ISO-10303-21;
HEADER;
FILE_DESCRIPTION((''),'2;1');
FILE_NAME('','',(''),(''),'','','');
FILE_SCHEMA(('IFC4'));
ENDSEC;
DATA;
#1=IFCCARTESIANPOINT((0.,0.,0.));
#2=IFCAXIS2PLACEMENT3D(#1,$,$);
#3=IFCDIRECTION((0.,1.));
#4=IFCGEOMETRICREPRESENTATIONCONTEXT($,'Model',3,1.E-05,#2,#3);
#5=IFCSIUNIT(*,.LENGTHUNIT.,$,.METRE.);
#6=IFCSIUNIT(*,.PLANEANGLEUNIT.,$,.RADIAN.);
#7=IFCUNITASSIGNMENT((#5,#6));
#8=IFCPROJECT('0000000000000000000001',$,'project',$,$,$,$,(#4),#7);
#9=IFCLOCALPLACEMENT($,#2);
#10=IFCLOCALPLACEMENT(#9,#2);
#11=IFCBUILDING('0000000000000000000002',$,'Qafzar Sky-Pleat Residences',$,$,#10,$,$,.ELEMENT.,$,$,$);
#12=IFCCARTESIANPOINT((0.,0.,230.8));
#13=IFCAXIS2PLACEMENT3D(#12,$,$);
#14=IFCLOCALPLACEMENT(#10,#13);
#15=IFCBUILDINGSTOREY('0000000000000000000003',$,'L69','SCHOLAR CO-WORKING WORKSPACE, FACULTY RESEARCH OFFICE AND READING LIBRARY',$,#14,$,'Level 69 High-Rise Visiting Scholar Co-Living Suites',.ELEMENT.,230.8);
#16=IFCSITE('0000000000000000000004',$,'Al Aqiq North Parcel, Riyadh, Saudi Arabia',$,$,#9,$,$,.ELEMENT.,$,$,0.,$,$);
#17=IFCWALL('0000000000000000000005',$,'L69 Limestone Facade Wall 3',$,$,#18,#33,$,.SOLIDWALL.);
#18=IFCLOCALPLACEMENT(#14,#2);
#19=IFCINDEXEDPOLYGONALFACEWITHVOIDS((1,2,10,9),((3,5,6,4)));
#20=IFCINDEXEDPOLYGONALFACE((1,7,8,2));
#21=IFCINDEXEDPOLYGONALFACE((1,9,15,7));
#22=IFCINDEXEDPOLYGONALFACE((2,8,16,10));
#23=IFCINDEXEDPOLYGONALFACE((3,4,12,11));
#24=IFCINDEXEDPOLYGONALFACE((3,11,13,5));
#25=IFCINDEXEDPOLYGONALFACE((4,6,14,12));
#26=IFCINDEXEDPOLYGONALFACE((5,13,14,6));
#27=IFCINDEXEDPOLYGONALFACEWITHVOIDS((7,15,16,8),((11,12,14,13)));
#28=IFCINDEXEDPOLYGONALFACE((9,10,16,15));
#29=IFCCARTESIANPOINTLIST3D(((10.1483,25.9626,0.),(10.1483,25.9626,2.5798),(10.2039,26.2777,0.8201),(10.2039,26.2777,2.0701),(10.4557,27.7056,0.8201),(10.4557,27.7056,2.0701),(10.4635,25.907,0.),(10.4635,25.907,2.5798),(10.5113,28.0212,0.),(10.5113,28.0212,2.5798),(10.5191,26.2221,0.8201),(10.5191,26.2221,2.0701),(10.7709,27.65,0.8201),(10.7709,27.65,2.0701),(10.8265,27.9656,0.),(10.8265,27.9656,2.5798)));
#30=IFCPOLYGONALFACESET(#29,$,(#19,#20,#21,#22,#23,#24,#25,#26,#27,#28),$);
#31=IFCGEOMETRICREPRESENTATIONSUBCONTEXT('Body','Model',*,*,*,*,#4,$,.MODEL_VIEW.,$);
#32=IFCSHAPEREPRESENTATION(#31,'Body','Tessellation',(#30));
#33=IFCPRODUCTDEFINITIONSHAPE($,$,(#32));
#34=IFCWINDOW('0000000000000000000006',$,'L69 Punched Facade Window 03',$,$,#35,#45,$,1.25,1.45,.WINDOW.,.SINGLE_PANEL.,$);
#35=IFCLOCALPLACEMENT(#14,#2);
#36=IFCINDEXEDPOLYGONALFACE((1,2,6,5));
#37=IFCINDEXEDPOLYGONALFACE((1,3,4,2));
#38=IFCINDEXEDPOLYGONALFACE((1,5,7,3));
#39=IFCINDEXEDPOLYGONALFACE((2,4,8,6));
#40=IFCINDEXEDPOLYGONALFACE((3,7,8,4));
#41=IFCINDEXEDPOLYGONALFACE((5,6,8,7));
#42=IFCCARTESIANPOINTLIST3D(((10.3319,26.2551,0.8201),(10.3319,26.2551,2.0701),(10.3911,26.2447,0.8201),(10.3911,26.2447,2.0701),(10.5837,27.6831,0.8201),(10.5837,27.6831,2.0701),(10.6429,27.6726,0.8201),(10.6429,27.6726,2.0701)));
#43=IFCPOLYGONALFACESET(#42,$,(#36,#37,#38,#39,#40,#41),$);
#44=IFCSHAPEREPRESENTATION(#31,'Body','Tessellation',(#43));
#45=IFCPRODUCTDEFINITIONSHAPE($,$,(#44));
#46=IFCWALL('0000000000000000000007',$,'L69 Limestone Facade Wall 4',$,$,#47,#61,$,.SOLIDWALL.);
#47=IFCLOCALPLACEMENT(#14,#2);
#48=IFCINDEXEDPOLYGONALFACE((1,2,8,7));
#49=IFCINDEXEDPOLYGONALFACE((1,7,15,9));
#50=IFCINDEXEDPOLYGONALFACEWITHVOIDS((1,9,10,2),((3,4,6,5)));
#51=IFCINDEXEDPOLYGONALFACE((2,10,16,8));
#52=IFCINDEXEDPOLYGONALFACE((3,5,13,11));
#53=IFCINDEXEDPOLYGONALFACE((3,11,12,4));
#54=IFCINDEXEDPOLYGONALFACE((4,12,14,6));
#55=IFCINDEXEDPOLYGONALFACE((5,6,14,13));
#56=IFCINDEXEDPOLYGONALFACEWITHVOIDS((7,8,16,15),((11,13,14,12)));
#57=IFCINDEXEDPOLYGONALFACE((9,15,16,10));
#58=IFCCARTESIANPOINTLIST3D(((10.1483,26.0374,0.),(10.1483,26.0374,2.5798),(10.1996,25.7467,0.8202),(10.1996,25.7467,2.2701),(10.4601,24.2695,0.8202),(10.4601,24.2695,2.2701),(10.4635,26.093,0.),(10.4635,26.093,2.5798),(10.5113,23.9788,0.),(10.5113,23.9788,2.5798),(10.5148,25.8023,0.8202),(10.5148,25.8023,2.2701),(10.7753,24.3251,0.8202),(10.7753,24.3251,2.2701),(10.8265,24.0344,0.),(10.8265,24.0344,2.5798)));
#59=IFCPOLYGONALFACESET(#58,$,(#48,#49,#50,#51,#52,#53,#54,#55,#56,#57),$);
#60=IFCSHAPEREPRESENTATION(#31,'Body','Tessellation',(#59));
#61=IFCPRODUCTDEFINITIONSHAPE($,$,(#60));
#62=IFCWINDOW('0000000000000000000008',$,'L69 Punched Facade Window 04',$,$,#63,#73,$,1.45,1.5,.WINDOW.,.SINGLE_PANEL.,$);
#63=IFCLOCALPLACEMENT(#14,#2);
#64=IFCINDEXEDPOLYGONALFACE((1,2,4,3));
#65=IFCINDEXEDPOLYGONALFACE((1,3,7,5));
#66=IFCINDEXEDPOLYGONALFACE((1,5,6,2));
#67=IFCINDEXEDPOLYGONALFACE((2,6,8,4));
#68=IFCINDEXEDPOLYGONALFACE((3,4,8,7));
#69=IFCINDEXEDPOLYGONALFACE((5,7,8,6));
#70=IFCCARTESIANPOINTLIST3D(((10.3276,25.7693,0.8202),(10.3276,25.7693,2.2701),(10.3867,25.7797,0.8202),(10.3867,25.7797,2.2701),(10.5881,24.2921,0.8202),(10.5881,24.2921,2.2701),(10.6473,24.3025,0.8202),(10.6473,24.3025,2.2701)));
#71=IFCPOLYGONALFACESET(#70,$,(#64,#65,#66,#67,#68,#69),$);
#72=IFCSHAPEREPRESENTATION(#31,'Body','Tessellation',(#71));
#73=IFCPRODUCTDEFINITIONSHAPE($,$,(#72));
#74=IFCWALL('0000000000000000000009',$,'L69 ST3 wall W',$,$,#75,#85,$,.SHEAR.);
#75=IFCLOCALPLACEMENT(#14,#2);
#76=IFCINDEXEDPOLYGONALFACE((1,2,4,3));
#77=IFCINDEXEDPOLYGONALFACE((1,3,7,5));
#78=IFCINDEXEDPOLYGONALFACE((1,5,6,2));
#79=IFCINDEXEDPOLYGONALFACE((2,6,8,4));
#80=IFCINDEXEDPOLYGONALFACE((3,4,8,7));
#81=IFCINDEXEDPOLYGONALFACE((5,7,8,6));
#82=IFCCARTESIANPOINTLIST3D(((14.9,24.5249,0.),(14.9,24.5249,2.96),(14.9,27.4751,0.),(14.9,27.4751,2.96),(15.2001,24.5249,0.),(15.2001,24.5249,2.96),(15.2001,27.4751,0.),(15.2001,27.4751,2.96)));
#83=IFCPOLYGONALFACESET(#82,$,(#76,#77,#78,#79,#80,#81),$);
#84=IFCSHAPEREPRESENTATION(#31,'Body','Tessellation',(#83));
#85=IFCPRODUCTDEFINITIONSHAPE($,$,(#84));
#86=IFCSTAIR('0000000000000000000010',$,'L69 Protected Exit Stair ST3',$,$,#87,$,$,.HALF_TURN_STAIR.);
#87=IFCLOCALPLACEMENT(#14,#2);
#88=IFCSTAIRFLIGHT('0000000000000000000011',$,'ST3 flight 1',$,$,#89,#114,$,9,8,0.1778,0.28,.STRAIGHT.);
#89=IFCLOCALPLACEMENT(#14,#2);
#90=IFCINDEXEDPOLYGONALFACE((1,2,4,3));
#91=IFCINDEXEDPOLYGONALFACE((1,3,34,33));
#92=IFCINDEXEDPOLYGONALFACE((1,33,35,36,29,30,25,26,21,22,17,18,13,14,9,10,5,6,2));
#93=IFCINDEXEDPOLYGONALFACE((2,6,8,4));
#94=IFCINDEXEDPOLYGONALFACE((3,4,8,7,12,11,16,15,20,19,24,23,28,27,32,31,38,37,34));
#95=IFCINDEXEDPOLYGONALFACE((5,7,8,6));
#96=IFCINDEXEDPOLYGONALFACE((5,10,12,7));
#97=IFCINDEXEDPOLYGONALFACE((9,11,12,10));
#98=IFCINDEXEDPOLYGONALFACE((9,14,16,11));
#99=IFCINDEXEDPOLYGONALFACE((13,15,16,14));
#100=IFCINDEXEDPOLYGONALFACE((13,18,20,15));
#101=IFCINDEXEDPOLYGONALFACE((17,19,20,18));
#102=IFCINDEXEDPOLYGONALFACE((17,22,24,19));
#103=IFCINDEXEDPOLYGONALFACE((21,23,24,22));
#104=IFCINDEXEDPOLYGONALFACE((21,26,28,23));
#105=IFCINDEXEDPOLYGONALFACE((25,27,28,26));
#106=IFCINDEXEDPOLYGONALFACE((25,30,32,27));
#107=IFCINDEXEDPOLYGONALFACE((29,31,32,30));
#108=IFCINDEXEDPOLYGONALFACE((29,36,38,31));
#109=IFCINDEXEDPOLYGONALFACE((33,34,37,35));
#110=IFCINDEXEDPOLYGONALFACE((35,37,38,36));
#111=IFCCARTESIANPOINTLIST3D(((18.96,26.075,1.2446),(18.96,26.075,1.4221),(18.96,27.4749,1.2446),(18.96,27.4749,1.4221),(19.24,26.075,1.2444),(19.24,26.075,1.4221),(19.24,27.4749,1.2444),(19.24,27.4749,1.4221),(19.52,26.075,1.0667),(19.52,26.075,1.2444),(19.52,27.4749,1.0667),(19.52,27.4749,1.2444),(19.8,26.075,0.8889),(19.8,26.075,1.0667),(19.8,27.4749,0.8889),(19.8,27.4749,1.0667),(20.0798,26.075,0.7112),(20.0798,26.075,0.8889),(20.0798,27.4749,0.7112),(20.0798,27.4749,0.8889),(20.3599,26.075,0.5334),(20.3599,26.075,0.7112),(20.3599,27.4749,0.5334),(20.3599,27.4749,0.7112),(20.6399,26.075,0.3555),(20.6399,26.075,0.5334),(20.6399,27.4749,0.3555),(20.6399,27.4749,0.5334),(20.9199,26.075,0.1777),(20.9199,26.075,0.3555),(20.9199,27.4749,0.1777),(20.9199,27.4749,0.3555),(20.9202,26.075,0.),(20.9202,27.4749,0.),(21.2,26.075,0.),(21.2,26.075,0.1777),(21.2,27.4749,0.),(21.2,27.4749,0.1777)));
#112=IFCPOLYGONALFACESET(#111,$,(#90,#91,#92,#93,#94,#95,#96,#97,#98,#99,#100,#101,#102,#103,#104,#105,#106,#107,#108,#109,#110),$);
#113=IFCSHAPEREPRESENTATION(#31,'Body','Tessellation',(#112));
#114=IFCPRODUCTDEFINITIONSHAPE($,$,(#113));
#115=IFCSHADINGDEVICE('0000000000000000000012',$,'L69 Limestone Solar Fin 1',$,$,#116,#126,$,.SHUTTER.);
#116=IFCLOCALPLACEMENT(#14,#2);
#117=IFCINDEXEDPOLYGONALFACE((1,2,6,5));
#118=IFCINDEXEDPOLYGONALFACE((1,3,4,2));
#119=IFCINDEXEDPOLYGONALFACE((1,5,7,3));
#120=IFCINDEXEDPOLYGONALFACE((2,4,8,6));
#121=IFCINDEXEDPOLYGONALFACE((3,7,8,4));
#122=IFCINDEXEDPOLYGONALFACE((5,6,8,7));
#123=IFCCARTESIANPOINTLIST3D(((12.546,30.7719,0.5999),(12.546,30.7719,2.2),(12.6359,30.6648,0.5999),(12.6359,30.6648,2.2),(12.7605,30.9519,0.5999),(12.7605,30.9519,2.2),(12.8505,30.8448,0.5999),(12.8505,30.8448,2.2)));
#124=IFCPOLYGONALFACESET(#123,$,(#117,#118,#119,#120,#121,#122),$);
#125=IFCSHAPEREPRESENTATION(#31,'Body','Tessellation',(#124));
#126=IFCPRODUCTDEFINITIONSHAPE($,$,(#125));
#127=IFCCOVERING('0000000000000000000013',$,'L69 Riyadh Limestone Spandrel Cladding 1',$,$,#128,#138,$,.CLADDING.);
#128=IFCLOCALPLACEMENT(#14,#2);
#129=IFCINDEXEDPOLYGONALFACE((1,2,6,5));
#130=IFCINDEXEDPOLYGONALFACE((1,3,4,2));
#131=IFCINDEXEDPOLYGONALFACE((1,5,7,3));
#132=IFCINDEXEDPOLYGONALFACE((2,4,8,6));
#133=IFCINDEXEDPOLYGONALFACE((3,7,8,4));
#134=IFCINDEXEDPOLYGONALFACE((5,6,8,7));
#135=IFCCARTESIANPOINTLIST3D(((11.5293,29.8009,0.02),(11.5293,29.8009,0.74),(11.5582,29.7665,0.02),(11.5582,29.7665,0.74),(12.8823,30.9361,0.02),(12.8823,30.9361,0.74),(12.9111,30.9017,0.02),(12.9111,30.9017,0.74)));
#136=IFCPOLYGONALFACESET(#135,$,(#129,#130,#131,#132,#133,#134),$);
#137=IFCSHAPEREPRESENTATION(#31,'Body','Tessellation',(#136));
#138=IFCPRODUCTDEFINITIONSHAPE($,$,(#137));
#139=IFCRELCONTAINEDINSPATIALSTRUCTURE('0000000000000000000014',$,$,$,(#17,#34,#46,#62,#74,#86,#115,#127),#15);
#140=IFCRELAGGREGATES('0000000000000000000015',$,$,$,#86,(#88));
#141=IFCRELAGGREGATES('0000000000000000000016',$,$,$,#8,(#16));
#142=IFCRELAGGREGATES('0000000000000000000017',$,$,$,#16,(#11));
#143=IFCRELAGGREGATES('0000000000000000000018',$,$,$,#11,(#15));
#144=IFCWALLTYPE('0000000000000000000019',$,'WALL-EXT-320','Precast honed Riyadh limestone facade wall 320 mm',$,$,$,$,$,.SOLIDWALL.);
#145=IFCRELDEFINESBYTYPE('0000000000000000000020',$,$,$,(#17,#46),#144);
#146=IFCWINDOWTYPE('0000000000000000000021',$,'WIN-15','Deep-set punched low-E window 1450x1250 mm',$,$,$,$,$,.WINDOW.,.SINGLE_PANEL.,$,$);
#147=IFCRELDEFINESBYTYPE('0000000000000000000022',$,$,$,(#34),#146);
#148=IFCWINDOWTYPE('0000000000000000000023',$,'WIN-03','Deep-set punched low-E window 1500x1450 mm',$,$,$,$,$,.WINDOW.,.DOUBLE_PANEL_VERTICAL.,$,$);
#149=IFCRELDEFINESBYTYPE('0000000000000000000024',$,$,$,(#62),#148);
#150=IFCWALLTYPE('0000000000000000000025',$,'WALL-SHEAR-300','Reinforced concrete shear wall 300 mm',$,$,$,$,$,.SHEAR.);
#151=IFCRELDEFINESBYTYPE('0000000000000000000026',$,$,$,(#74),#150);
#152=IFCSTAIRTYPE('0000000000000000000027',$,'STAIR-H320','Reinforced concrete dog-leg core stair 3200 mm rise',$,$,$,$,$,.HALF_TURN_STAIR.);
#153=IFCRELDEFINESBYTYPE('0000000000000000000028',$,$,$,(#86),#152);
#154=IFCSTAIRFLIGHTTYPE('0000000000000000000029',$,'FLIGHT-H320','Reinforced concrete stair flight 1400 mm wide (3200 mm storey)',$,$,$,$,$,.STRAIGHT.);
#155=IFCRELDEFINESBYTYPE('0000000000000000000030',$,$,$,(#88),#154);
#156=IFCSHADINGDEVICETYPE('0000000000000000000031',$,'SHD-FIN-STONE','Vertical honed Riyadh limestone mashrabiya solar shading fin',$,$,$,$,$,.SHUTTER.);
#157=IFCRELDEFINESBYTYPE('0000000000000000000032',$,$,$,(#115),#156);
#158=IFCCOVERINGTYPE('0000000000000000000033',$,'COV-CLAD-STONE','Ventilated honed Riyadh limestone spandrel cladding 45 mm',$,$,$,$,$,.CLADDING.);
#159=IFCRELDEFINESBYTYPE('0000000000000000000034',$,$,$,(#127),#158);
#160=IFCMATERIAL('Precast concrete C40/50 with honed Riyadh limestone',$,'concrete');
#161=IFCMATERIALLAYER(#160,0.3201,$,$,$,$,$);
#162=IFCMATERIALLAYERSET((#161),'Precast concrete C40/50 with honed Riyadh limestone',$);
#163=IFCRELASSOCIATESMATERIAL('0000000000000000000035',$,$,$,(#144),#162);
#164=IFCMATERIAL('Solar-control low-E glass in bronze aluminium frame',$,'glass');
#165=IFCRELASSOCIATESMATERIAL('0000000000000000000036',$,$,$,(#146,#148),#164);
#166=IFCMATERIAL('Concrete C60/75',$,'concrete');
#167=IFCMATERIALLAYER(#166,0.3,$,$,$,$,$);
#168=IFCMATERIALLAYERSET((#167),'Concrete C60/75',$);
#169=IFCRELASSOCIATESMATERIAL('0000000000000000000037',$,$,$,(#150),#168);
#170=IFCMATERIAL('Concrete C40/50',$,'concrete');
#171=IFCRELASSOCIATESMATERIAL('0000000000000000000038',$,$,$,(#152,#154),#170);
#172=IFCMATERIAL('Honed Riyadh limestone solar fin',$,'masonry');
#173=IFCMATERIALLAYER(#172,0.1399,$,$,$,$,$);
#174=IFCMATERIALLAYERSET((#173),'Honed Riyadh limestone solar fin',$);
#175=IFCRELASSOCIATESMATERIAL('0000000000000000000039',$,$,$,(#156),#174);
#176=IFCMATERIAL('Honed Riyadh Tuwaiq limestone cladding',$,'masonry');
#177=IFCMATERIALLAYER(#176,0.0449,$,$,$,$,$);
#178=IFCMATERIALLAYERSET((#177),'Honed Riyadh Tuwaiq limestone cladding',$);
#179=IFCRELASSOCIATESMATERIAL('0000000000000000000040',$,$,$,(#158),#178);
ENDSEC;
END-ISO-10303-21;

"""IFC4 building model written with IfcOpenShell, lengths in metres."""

from ifc_helpers import new_model, si_unit, direction, frame, frame_2d, origin, origin_2d, place, context, subcontext, project, spatial, polyline, rectangle, outline, extrude, source, transform, mapped, material, layer, layer_set, type_object, element, fill, aggregate, save


model = new_model("IFC4")

# Units and contexts
model_context = context("Model", 3, precision=1e-05, world=origin(), true_north=direction((0.0, 1.0)))
body_context = subcontext(model_context, "Body", "Model", "MODEL_VIEW")
ifc_project = project(units=[si_unit("LENGTHUNIT", "METRE"), si_unit("PLANEANGLEUNIT", "RADIAN")], contexts=[model_context])

# Site, building, storey
site_placement = place(None, origin())
site = spatial("IfcSite", under=ifc_project, at=site_placement, Name="Al Aqiq North Parcel, Riyadh, Saudi Arabia", CompositionType="ELEMENT", RefElevation=0.0)
building_placement = place(site_placement, origin())
building = spatial("IfcBuilding", under=site, at=building_placement, Name="Qafzar Sky-Pleat Residences", CompositionType="ELEMENT")
storey_placement = place(building_placement, frame((0.0, 0.0, 230.8)))
storey = spatial("IfcBuildingStorey", under=building, at=storey_placement, Name="L69", Description="SCHOLAR CO-WORKING WORKSPACE, FACULTY RESEARCH OFFICE AND READING LIBRARY", LongName="Level 69 High-Rise Visiting Scholar Co-Living Suites", CompositionType="ELEMENT", Elevation=230.8)

# Walls, openings, windows
ifc_material_1 = material(Name="Precast concrete C40/50 with honed Riyadh limestone", Category="concrete")
ifc_layer_1 = layer(ifc_material_1, 0.3201)
ifc_layer_set_1 = layer_set([ifc_layer_1], Name="Precast concrete C40/50 with honed Riyadh limestone")
wall_type_1 = type_object("IfcWallType", Name="WALL-EXT-320", Description="Precast honed Riyadh limestone facade wall 320 mm", PredefinedType="SOLIDWALL", material=ifc_layer_set_1)
ifc_material_2 = material(Name="Solar-control low-E glass in bronze aluminium frame", Category="glass")
wall_1_placement = place(storey_placement, frame((10.6689, 27.9934, 0.0), z_axis=(0.0, 0.0, 1.0), x_axis=(-0.173672, -0.984804, 0.0)))
wall_1 = element("IfcWall", 1, at=wall_1_placement, inside=storey, type_object=wall_type_1, Name="L69 Limestone Facade Wall 3", PredefinedType="SOLIDWALL", context=body_context, shape_type="SweptSolid", body=[
    extrude(rectangle(XDim=2.0903, YDim=0.3201, at=frame_2d((1.0452, 0.0))), origin(), (0.0, 0.0, 1.0), 2.5798),
])
opening_1_placement = place(wall_1_placement, frame((0.3203, 0.0, 0.8201)))
opening_1 = element("IfcOpeningElement", 2, at=opening_1_placement, cuts=wall_1, PredefinedType="OPENING", context=body_context, shape_type="SweptSolid", body=[
    extrude(rectangle(XDim=1.45, YDim=1.25, at=frame_2d((0.7251, 0.625))), frame((0.0, 0.1699, 0.0), z_axis=(0.0, -1.0, 0.0), x_axis=(1.0, 0.0, 0.0)), (0.0, 0.0, 1.0), 0.3401),
])
window_type_1 = type_object("IfcWindowType", Name="WIN-15", Description="Deep-set punched low-E window 1450x1250 mm", PartitioningType="SINGLE_PANEL", PredefinedType="WINDOW", material=ifc_material_2)
shared_shape_1 = source(origin(), body_context, "Body", "SweptSolid", [
    extrude(rectangle(XDim=1.45, YDim=1.25, at=frame_2d((0.7251, 0.625))), frame((0.0, 0.03, 0.0), z_axis=(0.0, -1.0, 0.0), x_axis=(1.0, 0.0, 0.0)), (0.0, 0.0, 1.0), 0.0601),
])
window_1_placement = place(opening_1_placement, origin())
window_1 = element("IfcWindow", 3, at=window_1_placement, inside=storey, type_object=window_type_1, Name="L69 Punched Facade Window 03", OverallHeight=1.25, OverallWidth=1.45, PartitioningType="SINGLE_PANEL", PredefinedType="WINDOW", context=body_context, shape_type="MappedRepresentation", body=[
    mapped(shared_shape_1, transform((0.0, 0.0, 0.0), x_axis=(1.0, 0.0, 0.0), y_axis=(0.0, 1.0, 0.0), z_axis=(0.0, 0.0, 1.0), scale=1.0)),
])
fill(opening_1, window_1)
wall_2_placement = place(storey_placement, frame((10.3059, 26.0652, 0.0), z_axis=(0.0, 0.0, 1.0), x_axis=(0.173672, -0.984804, 0.0)))
wall_2 = element("IfcWall", 4, at=wall_2_placement, inside=storey, type_object=wall_type_1, Name="L69 Limestone Facade Wall 4", PredefinedType="SOLIDWALL", context=body_context, shape_type="SweptSolid", body=[
    extrude(rectangle(XDim=2.0903, YDim=0.3201, at=frame_2d((1.0452, 0.0))), origin(), (0.0, 0.0, 1.0), 2.5798),
])
opening_2_placement = place(wall_2_placement, frame((0.2952, 0.0, 0.8201)))
opening_2 = element("IfcOpeningElement", 5, at=opening_2_placement, cuts=wall_2, PredefinedType="OPENING", context=body_context, shape_type="SweptSolid", body=[
    extrude(rectangle(XDim=1.5, YDim=1.45, at=frame_2d((0.75, 0.7251))), frame((0.0, 0.1699, 0.0), z_axis=(0.0, -1.0, 0.0), x_axis=(1.0, 0.0, 0.0)), (0.0, 0.0, 1.0), 0.3401),
])
window_type_2 = type_object("IfcWindowType", Name="WIN-03", Description="Deep-set punched low-E window 1500x1450 mm", PartitioningType="DOUBLE_PANEL_VERTICAL", PredefinedType="WINDOW", material=ifc_material_2)
shared_shape_2 = source(origin(), body_context, "Body", "SweptSolid", [
    extrude(rectangle(XDim=1.5, YDim=1.45, at=frame_2d((0.75, 0.7251))), frame((0.0, 0.03, 0.0), z_axis=(0.0, -1.0, 0.0), x_axis=(1.0, 0.0, 0.0)), (0.0, 0.0, 1.0), 0.0601),
])
window_2_placement = place(opening_2_placement, origin())
window_2 = element("IfcWindow", 6, at=window_2_placement, inside=storey, type_object=window_type_2, Name="L69 Punched Facade Window 04", OverallHeight=1.45, OverallWidth=1.5, PartitioningType="SINGLE_PANEL", PredefinedType="WINDOW", context=body_context, shape_type="MappedRepresentation", body=[
    mapped(shared_shape_2, transform((0.0, 0.0, 0.0), x_axis=(1.0, 0.0, 0.0), y_axis=(0.0, 1.0, 0.0), z_axis=(0.0, 0.0, 1.0), scale=1.0)),
])
fill(opening_2, window_2)

# Wall
ifc_material_3 = material(Name="Concrete C60/75", Category="concrete")
ifc_layer_2 = layer(ifc_material_3, 0.3)
ifc_layer_set_2 = layer_set([ifc_layer_2], Name="Concrete C60/75")
wall_type_2 = type_object("IfcWallType", Name="WALL-SHEAR-300", Description="Reinforced concrete shear wall 300 mm", PredefinedType="SHEAR", material=ifc_layer_set_2)
wall_3_placement = place(storey_placement, frame((15.05, 27.4751, 0.0), z_axis=(0.0, 0.0, 1.0), x_axis=(0.0, -1.0, 0.0)))
element("IfcWall", 7, at=wall_3_placement, inside=storey, type_object=wall_type_2, Name="L69 ST3 wall W", PredefinedType="SHEAR", context=body_context, shape_type="SweptSolid", body=[
    extrude(rectangle(XDim=2.9502, YDim=0.3, at=frame_2d((1.4751, 0.0))), origin(), (0.0, 0.0, 1.0), 2.96),
])

# Stair, stair flight
ifc_material_4 = material(Name="Concrete C40/50", Category="concrete")
stair_type = type_object("IfcStairType", Name="STAIR-H320", Description="Reinforced concrete dog-leg core stair 3200 mm rise", PredefinedType="HALF_TURN_STAIR", material=ifc_material_4)
stair_placement = place(storey_placement, origin())
stair = element("IfcStair", 8, at=stair_placement, inside=storey, type_object=stair_type, Name="L69 Protected Exit Stair ST3", PredefinedType="HALF_TURN_STAIR")
stair_flight_type = type_object("IfcStairFlightType", Name="FLIGHT-H320", Description="Reinforced concrete stair flight 1400 mm wide (3200 mm storey)", PredefinedType="STRAIGHT", material=ifc_material_4)
shared_shape_3 = source(origin(), body_context, "Body", "SweptSolid", [
    extrude(outline(polyline([(0.0, 0.0), (0.0, 0.1777), (0.28, 0.1777), (0.28, 0.3555), (0.5601, 0.3555), (0.5601, 0.5334), (0.8401, 0.5334), (0.8401, 0.7112), (1.1201, 0.7112), (1.1201, 0.8889), (1.3999, 0.8889), (1.3999, 1.0667), (1.6799, 1.0667), (1.6799, 1.2444), (1.96, 1.2444), (1.96, 1.4221), (2.24, 1.4221), (2.24, 1.6001), (2.24, 1.2446), (0.2798, 0.0), (0.0, 0.0)])), frame((0.0, 0.7, 0.0), z_axis=(0.0, -1.0, 0.0), x_axis=(1.0, 0.0, 0.0)), (0.0, 0.0, 1.0), 1.3999),
])
stair_flight_placement = place(storey_placement, frame((21.2, 26.7749, 0.0), z_axis=(0.0, 0.0, 1.0), x_axis=(-1.0, 0.0, 0.0)))
stair_flight = element("IfcStairFlight", 9, at=stair_flight_placement, type_object=stair_flight_type, Name="ST3 flight 1", NumberOfRisers=9, NumberOfTreads=8, PredefinedType="STRAIGHT", RiserHeight=0.1778, TreadLength=0.28, context=body_context, shape_type="MappedRepresentation", body=[
    mapped(shared_shape_3, transform((0.0, 0.0, 0.0), x_axis=(1.0, 0.0, 0.0), y_axis=(0.0, 1.0, 0.0), z_axis=(0.0, 0.0, 1.0), scale=1.0)),
])
aggregate(stair, [stair_flight])

# Shading device
ifc_material_5 = material(Name="Honed Riyadh limestone solar fin", Category="masonry")
ifc_layer_3 = layer(ifc_material_5, 0.1399)
ifc_layer_set_3 = layer_set([ifc_layer_3], Name="Honed Riyadh limestone solar fin")
shading_device_type = type_object("IfcShadingDeviceType", Name="SHD-FIN-STONE", Description="Vertical honed Riyadh limestone mashrabiya solar shading fin", PredefinedType="SHUTTER", material=ifc_layer_set_3)
shared_shape_4 = source(origin(), body_context, "Body", "SweptSolid", [
    extrude(rectangle(XDim=0.1399, YDim=0.28, at=origin_2d()), origin(), (0.0, 0.0, 1.0), 1.6001),
])
shading_device_placement = place(storey_placement, frame((12.6982, 30.8083, 0.5999), z_axis=(0.0, 0.0, 1.0), x_axis=(-0.642754, 0.766072, 0.0)))
element("IfcShadingDevice", 10, at=shading_device_placement, inside=storey, type_object=shading_device_type, Name="L69 Limestone Solar Fin 1", PredefinedType="SHUTTER", context=body_context, shape_type="MappedRepresentation", body=[
    mapped(shared_shape_4, transform((0.0, 0.0, 0.0), x_axis=(1.0, 0.0, 0.0), y_axis=(0.0, 1.0, 0.0), z_axis=(0.0, 0.0, 1.0), scale=1.0)),
])

# Covering
ifc_material_6 = material(Name="Honed Riyadh Tuwaiq limestone cladding", Category="masonry")
ifc_layer_4 = layer(ifc_material_6, 0.0449)
ifc_layer_set_4 = layer_set([ifc_layer_4], Name="Honed Riyadh Tuwaiq limestone cladding")
covering_type = type_object("IfcCoveringType", Name="COV-CLAD-STONE", Description="Ventilated honed Riyadh limestone spandrel cladding 45 mm", PredefinedType="CLADDING", material=ifc_layer_set_4)
shared_shape_5 = source(origin(), body_context, "Body", "SweptSolid", [
    extrude(rectangle(XDim=1.7661, YDim=0.0449, at=origin_2d()), origin(), (0.0, 0.0, 1.0), 0.72),
])
covering_placement = place(storey_placement, frame((12.2202, 30.3513, 0.02), z_axis=(0.0, 0.0, 1.0), x_axis=(-0.766074, -0.642752, 0.0)))
element("IfcCovering", 11, at=covering_placement, inside=storey, type_object=covering_type, Name="L69 Riyadh Limestone Spandrel Cladding 1", PredefinedType="CLADDING", context=body_context, shape_type="MappedRepresentation", body=[
    mapped(shared_shape_5, transform((0.0, 0.0, 0.0), x_axis=(1.0, 0.0, 0.0), y_axis=(0.0, 1.0, 0.0), z_axis=(0.0, 0.0, 1.0), scale=1.0)),
])

save(model, "model.ifc")
